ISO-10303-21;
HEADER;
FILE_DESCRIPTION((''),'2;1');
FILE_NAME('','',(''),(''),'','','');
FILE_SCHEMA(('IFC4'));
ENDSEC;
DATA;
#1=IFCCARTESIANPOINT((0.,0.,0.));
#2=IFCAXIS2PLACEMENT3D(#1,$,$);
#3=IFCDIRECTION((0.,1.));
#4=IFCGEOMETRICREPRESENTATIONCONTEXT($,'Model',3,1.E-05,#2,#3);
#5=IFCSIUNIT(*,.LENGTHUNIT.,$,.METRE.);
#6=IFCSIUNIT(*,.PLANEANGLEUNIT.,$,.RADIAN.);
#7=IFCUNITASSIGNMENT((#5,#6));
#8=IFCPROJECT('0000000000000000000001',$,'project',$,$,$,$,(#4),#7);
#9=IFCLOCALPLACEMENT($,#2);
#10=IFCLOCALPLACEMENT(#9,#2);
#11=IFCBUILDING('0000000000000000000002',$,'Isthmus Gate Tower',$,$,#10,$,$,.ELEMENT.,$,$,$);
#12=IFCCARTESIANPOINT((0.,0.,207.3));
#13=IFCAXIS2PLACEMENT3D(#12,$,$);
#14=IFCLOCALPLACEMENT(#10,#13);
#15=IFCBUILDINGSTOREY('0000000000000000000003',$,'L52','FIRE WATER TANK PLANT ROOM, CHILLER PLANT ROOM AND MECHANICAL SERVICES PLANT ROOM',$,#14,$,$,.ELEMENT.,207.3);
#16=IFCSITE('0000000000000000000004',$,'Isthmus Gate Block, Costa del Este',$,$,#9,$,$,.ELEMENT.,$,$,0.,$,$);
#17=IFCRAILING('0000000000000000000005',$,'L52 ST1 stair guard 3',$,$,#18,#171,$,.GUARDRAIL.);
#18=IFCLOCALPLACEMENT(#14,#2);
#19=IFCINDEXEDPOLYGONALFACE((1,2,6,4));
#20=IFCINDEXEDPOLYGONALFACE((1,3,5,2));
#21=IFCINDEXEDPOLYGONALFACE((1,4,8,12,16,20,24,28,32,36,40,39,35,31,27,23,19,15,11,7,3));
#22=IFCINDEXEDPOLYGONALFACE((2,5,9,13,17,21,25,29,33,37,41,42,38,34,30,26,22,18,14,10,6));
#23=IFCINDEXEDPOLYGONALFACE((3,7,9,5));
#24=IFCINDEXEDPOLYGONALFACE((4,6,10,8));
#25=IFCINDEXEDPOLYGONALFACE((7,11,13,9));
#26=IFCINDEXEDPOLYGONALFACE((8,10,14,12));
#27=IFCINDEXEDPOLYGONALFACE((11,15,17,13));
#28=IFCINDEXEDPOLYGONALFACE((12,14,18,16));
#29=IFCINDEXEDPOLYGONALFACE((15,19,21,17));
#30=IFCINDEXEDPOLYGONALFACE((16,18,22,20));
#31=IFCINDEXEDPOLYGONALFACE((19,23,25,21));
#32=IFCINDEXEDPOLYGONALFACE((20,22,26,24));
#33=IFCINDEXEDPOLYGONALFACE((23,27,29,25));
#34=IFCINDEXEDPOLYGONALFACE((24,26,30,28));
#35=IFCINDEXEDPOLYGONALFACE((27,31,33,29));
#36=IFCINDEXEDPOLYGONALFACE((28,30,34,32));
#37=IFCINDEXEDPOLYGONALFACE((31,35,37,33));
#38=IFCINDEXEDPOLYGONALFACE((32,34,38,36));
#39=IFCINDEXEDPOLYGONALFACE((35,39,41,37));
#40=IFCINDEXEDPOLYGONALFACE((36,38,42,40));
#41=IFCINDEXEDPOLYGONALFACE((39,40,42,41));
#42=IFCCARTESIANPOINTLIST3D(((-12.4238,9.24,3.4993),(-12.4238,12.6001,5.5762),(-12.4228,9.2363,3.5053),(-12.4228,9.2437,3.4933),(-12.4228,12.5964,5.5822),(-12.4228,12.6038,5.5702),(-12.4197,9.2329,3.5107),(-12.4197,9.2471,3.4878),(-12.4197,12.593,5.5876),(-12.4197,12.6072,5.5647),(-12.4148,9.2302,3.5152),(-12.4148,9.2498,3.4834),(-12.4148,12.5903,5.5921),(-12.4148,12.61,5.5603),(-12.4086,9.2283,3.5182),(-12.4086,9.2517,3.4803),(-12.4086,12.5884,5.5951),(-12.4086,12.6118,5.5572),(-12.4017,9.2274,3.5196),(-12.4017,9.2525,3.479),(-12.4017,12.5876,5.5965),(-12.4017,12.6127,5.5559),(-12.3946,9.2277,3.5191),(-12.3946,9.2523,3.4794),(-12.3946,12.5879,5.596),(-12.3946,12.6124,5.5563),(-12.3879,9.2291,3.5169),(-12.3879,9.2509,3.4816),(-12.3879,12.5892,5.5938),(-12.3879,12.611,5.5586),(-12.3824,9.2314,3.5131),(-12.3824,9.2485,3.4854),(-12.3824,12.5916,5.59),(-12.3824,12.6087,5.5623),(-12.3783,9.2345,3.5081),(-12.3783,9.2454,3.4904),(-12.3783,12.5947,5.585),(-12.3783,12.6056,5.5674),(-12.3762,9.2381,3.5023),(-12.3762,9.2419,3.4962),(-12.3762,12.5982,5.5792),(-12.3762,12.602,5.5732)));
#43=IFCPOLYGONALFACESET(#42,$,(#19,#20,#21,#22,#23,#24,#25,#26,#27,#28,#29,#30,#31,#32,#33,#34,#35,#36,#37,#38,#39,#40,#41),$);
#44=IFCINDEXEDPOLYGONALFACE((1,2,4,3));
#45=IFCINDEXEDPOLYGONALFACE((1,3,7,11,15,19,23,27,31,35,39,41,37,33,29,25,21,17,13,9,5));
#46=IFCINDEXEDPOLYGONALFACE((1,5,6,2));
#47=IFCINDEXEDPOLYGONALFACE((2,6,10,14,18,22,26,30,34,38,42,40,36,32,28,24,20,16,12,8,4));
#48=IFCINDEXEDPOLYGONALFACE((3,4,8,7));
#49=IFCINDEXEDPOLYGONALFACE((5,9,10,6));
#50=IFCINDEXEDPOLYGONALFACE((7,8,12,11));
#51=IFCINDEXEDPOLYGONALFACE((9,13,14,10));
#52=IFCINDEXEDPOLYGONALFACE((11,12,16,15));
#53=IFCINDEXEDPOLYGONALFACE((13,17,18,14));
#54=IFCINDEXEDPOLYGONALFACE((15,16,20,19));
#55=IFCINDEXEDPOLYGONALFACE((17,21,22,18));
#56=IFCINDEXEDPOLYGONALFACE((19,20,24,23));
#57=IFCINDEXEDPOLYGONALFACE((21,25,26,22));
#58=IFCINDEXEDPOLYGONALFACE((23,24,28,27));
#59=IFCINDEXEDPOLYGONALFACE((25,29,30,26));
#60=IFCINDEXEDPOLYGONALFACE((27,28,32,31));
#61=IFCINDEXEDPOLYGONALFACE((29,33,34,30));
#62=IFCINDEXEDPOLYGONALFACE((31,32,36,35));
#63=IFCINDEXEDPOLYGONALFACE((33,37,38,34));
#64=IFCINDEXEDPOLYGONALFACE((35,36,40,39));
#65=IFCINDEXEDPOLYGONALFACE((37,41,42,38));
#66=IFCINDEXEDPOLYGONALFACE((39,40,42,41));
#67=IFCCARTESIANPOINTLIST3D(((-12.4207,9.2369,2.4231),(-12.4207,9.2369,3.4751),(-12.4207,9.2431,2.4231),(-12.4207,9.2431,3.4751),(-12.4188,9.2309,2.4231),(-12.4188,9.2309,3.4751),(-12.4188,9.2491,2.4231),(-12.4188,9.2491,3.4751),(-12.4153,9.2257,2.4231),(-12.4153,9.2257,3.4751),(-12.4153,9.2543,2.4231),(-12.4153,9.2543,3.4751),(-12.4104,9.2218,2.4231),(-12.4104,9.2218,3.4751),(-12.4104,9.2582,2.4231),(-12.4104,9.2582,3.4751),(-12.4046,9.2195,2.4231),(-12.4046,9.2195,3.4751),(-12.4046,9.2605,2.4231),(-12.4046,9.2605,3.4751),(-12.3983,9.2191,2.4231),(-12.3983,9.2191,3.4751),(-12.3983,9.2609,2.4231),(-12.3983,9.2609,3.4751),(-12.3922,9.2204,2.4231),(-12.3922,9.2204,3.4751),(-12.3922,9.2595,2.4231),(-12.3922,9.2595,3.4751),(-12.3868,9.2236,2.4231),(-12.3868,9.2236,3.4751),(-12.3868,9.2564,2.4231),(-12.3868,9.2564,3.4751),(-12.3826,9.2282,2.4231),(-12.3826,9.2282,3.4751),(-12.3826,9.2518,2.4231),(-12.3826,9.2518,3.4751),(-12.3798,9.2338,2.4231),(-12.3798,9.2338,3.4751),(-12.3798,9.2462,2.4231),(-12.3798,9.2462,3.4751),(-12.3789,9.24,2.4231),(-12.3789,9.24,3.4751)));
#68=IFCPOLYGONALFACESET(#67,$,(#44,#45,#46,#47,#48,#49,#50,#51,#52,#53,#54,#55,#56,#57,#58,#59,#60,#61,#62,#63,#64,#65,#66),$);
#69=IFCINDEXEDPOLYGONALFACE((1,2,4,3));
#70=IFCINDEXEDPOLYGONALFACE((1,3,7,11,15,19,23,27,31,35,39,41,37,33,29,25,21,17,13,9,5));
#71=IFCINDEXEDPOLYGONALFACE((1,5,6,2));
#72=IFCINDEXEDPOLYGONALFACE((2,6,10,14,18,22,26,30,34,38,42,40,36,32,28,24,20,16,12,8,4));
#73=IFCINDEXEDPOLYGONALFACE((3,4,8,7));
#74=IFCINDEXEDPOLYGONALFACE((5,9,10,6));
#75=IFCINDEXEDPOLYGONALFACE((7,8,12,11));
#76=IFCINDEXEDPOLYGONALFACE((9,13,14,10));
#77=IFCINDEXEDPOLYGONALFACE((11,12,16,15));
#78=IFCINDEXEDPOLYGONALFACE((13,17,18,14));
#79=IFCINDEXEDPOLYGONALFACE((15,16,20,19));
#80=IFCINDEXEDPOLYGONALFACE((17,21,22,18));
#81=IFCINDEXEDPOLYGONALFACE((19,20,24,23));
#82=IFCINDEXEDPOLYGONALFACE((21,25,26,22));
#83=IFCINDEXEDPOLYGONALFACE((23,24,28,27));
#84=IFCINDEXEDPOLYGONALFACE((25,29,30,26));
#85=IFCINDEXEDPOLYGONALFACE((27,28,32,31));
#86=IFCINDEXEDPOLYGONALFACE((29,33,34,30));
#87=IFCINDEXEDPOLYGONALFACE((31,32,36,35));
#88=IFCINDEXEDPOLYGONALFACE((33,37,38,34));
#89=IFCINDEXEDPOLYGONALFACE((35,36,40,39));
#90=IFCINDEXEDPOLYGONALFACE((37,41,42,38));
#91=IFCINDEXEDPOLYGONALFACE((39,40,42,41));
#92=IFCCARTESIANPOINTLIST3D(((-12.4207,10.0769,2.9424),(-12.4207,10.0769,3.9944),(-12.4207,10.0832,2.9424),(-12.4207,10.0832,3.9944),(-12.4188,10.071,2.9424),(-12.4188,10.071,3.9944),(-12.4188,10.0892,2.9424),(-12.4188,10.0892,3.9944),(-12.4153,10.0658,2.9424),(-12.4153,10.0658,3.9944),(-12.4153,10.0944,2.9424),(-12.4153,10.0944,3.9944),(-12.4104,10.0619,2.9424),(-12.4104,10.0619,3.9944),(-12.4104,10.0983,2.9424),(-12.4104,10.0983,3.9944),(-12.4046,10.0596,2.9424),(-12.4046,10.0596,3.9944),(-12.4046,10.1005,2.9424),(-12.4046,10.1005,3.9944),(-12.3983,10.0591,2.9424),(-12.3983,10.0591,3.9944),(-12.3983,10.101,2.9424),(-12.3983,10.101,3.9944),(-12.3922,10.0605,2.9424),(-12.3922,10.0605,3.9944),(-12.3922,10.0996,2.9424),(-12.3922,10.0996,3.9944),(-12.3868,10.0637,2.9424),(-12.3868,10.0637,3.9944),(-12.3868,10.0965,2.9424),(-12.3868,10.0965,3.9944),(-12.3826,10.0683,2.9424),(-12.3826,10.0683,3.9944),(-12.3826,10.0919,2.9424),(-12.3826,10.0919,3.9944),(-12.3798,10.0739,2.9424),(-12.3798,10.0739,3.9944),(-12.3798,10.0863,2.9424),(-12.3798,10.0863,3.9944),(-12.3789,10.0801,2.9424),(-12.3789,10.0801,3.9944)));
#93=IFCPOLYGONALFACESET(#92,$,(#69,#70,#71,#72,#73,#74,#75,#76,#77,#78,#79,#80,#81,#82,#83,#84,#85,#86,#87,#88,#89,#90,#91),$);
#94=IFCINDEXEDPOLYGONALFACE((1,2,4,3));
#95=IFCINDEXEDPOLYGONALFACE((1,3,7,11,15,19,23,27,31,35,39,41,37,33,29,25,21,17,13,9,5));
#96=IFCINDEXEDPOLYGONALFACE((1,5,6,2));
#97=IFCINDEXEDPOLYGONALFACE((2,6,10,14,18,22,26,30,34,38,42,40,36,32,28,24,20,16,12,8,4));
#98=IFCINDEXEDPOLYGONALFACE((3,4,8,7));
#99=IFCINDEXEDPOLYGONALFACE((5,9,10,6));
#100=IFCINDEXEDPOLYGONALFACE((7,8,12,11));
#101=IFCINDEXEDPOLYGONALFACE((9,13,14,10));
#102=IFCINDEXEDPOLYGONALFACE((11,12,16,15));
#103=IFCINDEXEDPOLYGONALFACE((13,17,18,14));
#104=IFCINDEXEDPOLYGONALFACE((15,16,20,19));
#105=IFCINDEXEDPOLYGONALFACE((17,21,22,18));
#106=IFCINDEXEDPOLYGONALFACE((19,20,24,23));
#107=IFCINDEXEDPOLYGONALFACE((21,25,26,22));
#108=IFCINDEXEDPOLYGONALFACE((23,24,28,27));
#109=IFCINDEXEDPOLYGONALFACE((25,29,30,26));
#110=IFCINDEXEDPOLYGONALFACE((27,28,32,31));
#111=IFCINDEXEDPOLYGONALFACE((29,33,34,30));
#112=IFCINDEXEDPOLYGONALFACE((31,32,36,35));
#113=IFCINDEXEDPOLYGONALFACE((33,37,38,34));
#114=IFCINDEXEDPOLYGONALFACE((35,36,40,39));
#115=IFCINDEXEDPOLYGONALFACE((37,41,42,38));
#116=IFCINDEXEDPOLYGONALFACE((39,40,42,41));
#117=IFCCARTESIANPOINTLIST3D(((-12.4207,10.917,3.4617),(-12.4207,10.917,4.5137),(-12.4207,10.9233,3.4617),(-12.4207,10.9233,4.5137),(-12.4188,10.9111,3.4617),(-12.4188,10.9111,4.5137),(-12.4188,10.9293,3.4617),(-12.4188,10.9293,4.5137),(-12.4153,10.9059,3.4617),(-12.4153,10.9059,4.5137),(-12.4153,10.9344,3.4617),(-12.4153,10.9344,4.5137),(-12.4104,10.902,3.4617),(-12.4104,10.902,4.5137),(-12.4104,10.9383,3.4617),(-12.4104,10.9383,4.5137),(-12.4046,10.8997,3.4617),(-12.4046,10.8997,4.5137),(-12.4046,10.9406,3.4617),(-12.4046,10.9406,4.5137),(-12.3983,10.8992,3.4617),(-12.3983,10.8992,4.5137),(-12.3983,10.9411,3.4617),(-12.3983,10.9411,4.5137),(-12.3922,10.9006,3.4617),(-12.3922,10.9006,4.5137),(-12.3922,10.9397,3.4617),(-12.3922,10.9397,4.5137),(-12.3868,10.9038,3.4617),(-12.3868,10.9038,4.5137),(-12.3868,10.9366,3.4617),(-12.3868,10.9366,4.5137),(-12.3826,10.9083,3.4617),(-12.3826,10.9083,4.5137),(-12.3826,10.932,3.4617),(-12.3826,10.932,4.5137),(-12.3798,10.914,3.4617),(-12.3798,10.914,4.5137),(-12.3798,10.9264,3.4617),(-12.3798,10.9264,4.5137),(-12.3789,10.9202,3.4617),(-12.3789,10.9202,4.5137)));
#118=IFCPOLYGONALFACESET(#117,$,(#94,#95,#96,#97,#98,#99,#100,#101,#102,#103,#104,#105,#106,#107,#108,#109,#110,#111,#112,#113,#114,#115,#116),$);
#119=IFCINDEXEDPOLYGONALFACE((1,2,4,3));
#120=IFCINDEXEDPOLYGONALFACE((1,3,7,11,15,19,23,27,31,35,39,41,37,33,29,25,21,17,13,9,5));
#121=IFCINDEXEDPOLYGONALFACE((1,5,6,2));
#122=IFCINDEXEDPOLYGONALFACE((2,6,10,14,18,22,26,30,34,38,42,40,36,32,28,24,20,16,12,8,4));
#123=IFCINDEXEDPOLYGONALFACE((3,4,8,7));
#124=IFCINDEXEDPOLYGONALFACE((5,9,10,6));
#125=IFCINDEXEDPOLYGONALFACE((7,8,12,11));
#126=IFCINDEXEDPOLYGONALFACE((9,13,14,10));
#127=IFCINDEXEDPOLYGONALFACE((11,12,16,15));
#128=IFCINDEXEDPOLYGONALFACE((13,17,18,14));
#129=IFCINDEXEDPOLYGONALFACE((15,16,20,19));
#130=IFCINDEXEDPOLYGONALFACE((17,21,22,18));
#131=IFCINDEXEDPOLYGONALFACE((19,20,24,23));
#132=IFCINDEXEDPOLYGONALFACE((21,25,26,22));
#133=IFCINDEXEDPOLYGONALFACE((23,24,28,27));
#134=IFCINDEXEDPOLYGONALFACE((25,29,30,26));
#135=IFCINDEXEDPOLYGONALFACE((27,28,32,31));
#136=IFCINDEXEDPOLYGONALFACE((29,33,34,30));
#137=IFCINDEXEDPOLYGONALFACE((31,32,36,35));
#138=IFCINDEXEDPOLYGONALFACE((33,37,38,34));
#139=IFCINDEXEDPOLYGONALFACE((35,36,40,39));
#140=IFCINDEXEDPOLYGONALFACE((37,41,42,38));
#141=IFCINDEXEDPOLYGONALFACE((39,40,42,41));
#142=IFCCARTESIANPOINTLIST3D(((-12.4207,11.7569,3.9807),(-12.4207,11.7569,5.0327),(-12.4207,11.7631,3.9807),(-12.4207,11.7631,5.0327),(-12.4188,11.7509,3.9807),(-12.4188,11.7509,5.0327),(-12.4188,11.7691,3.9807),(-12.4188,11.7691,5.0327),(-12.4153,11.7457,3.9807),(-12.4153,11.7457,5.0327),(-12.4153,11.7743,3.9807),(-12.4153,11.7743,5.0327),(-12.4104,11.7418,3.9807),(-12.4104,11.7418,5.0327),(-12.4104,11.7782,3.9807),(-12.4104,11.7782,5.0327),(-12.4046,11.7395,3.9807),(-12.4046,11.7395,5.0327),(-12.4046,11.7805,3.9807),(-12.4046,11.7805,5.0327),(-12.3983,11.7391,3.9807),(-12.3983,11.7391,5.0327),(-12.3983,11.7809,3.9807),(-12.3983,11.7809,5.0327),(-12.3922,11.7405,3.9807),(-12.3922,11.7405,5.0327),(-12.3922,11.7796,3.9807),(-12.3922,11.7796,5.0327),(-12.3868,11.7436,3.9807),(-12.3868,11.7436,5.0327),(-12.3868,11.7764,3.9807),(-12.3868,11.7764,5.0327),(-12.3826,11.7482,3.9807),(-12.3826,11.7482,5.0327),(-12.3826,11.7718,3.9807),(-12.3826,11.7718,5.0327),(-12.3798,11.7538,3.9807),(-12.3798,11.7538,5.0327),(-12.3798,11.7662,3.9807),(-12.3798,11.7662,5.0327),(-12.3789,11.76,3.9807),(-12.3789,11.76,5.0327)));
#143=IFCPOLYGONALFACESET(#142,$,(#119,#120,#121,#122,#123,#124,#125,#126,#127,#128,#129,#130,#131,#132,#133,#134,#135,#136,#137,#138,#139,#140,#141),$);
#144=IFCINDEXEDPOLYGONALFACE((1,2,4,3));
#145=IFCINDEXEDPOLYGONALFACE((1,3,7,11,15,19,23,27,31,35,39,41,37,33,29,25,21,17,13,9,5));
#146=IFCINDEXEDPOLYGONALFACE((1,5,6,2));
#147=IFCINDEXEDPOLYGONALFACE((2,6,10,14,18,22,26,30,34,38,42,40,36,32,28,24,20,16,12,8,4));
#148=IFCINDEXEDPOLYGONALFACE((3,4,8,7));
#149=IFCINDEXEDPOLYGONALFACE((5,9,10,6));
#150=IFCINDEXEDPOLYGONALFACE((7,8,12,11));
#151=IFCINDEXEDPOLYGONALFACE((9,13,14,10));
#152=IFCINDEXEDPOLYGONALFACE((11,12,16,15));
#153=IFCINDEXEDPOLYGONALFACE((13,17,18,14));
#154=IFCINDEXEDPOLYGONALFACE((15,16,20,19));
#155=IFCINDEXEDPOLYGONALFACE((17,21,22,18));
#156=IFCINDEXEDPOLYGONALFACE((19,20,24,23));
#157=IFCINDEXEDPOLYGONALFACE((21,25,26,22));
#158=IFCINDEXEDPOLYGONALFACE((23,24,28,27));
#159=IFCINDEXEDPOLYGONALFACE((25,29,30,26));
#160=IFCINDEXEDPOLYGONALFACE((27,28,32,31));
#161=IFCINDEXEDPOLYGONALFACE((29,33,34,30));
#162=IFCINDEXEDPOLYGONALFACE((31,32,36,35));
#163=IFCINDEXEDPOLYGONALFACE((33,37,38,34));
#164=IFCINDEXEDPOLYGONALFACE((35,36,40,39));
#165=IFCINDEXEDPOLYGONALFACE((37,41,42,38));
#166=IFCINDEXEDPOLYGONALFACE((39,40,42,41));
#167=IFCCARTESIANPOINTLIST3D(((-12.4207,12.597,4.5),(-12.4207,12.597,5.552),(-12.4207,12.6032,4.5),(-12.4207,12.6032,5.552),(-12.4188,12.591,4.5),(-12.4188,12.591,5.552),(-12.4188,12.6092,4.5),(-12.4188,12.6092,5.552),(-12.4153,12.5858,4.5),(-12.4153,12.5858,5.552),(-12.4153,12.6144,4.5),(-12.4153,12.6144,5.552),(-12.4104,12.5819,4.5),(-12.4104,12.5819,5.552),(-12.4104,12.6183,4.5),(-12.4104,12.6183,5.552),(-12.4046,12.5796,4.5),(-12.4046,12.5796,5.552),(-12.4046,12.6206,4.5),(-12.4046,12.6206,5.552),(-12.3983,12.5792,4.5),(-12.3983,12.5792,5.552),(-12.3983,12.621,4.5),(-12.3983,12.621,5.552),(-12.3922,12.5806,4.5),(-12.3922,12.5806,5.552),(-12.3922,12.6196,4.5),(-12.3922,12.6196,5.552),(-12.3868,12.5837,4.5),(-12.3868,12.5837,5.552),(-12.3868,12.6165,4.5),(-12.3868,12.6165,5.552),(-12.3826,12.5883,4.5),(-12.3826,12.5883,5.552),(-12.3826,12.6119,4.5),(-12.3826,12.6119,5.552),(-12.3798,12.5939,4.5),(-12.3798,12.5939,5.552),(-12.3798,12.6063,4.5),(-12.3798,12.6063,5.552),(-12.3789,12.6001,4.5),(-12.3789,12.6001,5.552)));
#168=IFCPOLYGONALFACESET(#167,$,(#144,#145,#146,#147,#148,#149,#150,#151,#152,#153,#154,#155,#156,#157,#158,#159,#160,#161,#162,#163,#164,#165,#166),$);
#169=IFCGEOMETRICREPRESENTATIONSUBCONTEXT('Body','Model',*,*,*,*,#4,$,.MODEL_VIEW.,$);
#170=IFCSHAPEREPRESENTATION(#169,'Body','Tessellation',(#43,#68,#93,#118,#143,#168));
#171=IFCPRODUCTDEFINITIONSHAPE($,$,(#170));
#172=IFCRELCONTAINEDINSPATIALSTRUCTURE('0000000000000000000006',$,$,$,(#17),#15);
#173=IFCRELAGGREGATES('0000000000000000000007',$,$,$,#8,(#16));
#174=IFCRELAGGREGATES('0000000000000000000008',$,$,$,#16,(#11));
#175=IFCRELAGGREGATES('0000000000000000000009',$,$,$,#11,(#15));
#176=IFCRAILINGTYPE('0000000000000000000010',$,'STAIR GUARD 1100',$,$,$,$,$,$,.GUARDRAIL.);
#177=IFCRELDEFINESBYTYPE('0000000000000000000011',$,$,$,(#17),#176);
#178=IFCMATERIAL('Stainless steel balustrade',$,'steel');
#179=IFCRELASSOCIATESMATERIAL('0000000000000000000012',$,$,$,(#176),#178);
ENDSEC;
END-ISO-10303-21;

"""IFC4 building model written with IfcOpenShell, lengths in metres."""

from ifc_helpers import new_model, si_unit, direction, frame, origin, origin_2d, place, context, subcontext, project, spatial, circle, extrude, material, type_object, element, save


model = new_model("IFC4")

# Units and contexts
model_context = context("Model", 3, precision=1e-05, world=origin(), true_north=direction((0.0, 1.0)))
body_context = subcontext(model_context, "Body", "Model", "MODEL_VIEW")
ifc_project = project(units=[si_unit("LENGTHUNIT", "METRE"), si_unit("PLANEANGLEUNIT", "RADIAN")], contexts=[model_context])

# Site, building, storey
site_placement = place(None, origin())
site = spatial("IfcSite", under=ifc_project, at=site_placement, Name="Isthmus Gate Block, Costa del Este", CompositionType="ELEMENT", RefElevation=0.0)
building_placement = place(site_placement, origin())
building = spatial("IfcBuilding", under=site, at=building_placement, Name="Isthmus Gate Tower", CompositionType="ELEMENT")
storey_placement = place(building_placement, frame((0.0, 0.0, 207.3)))
storey = spatial("IfcBuildingStorey", under=building, at=storey_placement, Name="L52", Description="FIRE WATER TANK PLANT ROOM, CHILLER PLANT ROOM AND MECHANICAL SERVICES PLANT ROOM", CompositionType="ELEMENT", Elevation=207.3)

# Railing
ifc_material_1 = material(Name="Stainless steel balustrade", Category="steel")
railing_type_1 = type_object("IfcRailingType", Name="STAIR GUARD 1100", PredefinedType="GUARDRAIL", material=ifc_material_1)
railing_1_placement = place(storey_placement, frame((-12.3999, 9.24, 2.4231)))
element("IfcRailing", 1, at=railing_1_placement, inside=storey, type_object=railing_type_1, Name="L52 ST1 stair guard 3", PredefinedType="GUARDRAIL", context=body_context, shape_type="SweptSolid", body=[
    extrude(circle(Radius=0.0239, at=origin_2d()), frame((0.0, 0.0, 1.0762), z_axis=(0.0, 0.850623, 0.525776), x_axis=(-1.0, 0.0, 0.0)), (0.0, 0.0, 1.0), 3.9502),
    extrude(circle(Radius=0.021, at=origin_2d()), origin(), (0.0, 0.0, 1.0), 1.052),
    extrude(circle(Radius=0.021, at=origin_2d()), frame((0.0, 0.8401, 0.5193)), (0.0, 0.0, 1.0), 1.052),
    extrude(circle(Radius=0.021, at=origin_2d()), frame((0.0, 1.6802, 1.0386)), (0.0, 0.0, 1.0), 1.052),
    extrude(circle(Radius=0.021, at=origin_2d()), frame((0.0, 2.52, 1.5576)), (0.0, 0.0, 1.0), 1.052),
    extrude(circle(Radius=0.021, at=origin_2d()), frame((0.0, 3.3601, 2.0769)), (0.0, 0.0, 1.0), 1.052),
])

save(model, "model.ifc")
